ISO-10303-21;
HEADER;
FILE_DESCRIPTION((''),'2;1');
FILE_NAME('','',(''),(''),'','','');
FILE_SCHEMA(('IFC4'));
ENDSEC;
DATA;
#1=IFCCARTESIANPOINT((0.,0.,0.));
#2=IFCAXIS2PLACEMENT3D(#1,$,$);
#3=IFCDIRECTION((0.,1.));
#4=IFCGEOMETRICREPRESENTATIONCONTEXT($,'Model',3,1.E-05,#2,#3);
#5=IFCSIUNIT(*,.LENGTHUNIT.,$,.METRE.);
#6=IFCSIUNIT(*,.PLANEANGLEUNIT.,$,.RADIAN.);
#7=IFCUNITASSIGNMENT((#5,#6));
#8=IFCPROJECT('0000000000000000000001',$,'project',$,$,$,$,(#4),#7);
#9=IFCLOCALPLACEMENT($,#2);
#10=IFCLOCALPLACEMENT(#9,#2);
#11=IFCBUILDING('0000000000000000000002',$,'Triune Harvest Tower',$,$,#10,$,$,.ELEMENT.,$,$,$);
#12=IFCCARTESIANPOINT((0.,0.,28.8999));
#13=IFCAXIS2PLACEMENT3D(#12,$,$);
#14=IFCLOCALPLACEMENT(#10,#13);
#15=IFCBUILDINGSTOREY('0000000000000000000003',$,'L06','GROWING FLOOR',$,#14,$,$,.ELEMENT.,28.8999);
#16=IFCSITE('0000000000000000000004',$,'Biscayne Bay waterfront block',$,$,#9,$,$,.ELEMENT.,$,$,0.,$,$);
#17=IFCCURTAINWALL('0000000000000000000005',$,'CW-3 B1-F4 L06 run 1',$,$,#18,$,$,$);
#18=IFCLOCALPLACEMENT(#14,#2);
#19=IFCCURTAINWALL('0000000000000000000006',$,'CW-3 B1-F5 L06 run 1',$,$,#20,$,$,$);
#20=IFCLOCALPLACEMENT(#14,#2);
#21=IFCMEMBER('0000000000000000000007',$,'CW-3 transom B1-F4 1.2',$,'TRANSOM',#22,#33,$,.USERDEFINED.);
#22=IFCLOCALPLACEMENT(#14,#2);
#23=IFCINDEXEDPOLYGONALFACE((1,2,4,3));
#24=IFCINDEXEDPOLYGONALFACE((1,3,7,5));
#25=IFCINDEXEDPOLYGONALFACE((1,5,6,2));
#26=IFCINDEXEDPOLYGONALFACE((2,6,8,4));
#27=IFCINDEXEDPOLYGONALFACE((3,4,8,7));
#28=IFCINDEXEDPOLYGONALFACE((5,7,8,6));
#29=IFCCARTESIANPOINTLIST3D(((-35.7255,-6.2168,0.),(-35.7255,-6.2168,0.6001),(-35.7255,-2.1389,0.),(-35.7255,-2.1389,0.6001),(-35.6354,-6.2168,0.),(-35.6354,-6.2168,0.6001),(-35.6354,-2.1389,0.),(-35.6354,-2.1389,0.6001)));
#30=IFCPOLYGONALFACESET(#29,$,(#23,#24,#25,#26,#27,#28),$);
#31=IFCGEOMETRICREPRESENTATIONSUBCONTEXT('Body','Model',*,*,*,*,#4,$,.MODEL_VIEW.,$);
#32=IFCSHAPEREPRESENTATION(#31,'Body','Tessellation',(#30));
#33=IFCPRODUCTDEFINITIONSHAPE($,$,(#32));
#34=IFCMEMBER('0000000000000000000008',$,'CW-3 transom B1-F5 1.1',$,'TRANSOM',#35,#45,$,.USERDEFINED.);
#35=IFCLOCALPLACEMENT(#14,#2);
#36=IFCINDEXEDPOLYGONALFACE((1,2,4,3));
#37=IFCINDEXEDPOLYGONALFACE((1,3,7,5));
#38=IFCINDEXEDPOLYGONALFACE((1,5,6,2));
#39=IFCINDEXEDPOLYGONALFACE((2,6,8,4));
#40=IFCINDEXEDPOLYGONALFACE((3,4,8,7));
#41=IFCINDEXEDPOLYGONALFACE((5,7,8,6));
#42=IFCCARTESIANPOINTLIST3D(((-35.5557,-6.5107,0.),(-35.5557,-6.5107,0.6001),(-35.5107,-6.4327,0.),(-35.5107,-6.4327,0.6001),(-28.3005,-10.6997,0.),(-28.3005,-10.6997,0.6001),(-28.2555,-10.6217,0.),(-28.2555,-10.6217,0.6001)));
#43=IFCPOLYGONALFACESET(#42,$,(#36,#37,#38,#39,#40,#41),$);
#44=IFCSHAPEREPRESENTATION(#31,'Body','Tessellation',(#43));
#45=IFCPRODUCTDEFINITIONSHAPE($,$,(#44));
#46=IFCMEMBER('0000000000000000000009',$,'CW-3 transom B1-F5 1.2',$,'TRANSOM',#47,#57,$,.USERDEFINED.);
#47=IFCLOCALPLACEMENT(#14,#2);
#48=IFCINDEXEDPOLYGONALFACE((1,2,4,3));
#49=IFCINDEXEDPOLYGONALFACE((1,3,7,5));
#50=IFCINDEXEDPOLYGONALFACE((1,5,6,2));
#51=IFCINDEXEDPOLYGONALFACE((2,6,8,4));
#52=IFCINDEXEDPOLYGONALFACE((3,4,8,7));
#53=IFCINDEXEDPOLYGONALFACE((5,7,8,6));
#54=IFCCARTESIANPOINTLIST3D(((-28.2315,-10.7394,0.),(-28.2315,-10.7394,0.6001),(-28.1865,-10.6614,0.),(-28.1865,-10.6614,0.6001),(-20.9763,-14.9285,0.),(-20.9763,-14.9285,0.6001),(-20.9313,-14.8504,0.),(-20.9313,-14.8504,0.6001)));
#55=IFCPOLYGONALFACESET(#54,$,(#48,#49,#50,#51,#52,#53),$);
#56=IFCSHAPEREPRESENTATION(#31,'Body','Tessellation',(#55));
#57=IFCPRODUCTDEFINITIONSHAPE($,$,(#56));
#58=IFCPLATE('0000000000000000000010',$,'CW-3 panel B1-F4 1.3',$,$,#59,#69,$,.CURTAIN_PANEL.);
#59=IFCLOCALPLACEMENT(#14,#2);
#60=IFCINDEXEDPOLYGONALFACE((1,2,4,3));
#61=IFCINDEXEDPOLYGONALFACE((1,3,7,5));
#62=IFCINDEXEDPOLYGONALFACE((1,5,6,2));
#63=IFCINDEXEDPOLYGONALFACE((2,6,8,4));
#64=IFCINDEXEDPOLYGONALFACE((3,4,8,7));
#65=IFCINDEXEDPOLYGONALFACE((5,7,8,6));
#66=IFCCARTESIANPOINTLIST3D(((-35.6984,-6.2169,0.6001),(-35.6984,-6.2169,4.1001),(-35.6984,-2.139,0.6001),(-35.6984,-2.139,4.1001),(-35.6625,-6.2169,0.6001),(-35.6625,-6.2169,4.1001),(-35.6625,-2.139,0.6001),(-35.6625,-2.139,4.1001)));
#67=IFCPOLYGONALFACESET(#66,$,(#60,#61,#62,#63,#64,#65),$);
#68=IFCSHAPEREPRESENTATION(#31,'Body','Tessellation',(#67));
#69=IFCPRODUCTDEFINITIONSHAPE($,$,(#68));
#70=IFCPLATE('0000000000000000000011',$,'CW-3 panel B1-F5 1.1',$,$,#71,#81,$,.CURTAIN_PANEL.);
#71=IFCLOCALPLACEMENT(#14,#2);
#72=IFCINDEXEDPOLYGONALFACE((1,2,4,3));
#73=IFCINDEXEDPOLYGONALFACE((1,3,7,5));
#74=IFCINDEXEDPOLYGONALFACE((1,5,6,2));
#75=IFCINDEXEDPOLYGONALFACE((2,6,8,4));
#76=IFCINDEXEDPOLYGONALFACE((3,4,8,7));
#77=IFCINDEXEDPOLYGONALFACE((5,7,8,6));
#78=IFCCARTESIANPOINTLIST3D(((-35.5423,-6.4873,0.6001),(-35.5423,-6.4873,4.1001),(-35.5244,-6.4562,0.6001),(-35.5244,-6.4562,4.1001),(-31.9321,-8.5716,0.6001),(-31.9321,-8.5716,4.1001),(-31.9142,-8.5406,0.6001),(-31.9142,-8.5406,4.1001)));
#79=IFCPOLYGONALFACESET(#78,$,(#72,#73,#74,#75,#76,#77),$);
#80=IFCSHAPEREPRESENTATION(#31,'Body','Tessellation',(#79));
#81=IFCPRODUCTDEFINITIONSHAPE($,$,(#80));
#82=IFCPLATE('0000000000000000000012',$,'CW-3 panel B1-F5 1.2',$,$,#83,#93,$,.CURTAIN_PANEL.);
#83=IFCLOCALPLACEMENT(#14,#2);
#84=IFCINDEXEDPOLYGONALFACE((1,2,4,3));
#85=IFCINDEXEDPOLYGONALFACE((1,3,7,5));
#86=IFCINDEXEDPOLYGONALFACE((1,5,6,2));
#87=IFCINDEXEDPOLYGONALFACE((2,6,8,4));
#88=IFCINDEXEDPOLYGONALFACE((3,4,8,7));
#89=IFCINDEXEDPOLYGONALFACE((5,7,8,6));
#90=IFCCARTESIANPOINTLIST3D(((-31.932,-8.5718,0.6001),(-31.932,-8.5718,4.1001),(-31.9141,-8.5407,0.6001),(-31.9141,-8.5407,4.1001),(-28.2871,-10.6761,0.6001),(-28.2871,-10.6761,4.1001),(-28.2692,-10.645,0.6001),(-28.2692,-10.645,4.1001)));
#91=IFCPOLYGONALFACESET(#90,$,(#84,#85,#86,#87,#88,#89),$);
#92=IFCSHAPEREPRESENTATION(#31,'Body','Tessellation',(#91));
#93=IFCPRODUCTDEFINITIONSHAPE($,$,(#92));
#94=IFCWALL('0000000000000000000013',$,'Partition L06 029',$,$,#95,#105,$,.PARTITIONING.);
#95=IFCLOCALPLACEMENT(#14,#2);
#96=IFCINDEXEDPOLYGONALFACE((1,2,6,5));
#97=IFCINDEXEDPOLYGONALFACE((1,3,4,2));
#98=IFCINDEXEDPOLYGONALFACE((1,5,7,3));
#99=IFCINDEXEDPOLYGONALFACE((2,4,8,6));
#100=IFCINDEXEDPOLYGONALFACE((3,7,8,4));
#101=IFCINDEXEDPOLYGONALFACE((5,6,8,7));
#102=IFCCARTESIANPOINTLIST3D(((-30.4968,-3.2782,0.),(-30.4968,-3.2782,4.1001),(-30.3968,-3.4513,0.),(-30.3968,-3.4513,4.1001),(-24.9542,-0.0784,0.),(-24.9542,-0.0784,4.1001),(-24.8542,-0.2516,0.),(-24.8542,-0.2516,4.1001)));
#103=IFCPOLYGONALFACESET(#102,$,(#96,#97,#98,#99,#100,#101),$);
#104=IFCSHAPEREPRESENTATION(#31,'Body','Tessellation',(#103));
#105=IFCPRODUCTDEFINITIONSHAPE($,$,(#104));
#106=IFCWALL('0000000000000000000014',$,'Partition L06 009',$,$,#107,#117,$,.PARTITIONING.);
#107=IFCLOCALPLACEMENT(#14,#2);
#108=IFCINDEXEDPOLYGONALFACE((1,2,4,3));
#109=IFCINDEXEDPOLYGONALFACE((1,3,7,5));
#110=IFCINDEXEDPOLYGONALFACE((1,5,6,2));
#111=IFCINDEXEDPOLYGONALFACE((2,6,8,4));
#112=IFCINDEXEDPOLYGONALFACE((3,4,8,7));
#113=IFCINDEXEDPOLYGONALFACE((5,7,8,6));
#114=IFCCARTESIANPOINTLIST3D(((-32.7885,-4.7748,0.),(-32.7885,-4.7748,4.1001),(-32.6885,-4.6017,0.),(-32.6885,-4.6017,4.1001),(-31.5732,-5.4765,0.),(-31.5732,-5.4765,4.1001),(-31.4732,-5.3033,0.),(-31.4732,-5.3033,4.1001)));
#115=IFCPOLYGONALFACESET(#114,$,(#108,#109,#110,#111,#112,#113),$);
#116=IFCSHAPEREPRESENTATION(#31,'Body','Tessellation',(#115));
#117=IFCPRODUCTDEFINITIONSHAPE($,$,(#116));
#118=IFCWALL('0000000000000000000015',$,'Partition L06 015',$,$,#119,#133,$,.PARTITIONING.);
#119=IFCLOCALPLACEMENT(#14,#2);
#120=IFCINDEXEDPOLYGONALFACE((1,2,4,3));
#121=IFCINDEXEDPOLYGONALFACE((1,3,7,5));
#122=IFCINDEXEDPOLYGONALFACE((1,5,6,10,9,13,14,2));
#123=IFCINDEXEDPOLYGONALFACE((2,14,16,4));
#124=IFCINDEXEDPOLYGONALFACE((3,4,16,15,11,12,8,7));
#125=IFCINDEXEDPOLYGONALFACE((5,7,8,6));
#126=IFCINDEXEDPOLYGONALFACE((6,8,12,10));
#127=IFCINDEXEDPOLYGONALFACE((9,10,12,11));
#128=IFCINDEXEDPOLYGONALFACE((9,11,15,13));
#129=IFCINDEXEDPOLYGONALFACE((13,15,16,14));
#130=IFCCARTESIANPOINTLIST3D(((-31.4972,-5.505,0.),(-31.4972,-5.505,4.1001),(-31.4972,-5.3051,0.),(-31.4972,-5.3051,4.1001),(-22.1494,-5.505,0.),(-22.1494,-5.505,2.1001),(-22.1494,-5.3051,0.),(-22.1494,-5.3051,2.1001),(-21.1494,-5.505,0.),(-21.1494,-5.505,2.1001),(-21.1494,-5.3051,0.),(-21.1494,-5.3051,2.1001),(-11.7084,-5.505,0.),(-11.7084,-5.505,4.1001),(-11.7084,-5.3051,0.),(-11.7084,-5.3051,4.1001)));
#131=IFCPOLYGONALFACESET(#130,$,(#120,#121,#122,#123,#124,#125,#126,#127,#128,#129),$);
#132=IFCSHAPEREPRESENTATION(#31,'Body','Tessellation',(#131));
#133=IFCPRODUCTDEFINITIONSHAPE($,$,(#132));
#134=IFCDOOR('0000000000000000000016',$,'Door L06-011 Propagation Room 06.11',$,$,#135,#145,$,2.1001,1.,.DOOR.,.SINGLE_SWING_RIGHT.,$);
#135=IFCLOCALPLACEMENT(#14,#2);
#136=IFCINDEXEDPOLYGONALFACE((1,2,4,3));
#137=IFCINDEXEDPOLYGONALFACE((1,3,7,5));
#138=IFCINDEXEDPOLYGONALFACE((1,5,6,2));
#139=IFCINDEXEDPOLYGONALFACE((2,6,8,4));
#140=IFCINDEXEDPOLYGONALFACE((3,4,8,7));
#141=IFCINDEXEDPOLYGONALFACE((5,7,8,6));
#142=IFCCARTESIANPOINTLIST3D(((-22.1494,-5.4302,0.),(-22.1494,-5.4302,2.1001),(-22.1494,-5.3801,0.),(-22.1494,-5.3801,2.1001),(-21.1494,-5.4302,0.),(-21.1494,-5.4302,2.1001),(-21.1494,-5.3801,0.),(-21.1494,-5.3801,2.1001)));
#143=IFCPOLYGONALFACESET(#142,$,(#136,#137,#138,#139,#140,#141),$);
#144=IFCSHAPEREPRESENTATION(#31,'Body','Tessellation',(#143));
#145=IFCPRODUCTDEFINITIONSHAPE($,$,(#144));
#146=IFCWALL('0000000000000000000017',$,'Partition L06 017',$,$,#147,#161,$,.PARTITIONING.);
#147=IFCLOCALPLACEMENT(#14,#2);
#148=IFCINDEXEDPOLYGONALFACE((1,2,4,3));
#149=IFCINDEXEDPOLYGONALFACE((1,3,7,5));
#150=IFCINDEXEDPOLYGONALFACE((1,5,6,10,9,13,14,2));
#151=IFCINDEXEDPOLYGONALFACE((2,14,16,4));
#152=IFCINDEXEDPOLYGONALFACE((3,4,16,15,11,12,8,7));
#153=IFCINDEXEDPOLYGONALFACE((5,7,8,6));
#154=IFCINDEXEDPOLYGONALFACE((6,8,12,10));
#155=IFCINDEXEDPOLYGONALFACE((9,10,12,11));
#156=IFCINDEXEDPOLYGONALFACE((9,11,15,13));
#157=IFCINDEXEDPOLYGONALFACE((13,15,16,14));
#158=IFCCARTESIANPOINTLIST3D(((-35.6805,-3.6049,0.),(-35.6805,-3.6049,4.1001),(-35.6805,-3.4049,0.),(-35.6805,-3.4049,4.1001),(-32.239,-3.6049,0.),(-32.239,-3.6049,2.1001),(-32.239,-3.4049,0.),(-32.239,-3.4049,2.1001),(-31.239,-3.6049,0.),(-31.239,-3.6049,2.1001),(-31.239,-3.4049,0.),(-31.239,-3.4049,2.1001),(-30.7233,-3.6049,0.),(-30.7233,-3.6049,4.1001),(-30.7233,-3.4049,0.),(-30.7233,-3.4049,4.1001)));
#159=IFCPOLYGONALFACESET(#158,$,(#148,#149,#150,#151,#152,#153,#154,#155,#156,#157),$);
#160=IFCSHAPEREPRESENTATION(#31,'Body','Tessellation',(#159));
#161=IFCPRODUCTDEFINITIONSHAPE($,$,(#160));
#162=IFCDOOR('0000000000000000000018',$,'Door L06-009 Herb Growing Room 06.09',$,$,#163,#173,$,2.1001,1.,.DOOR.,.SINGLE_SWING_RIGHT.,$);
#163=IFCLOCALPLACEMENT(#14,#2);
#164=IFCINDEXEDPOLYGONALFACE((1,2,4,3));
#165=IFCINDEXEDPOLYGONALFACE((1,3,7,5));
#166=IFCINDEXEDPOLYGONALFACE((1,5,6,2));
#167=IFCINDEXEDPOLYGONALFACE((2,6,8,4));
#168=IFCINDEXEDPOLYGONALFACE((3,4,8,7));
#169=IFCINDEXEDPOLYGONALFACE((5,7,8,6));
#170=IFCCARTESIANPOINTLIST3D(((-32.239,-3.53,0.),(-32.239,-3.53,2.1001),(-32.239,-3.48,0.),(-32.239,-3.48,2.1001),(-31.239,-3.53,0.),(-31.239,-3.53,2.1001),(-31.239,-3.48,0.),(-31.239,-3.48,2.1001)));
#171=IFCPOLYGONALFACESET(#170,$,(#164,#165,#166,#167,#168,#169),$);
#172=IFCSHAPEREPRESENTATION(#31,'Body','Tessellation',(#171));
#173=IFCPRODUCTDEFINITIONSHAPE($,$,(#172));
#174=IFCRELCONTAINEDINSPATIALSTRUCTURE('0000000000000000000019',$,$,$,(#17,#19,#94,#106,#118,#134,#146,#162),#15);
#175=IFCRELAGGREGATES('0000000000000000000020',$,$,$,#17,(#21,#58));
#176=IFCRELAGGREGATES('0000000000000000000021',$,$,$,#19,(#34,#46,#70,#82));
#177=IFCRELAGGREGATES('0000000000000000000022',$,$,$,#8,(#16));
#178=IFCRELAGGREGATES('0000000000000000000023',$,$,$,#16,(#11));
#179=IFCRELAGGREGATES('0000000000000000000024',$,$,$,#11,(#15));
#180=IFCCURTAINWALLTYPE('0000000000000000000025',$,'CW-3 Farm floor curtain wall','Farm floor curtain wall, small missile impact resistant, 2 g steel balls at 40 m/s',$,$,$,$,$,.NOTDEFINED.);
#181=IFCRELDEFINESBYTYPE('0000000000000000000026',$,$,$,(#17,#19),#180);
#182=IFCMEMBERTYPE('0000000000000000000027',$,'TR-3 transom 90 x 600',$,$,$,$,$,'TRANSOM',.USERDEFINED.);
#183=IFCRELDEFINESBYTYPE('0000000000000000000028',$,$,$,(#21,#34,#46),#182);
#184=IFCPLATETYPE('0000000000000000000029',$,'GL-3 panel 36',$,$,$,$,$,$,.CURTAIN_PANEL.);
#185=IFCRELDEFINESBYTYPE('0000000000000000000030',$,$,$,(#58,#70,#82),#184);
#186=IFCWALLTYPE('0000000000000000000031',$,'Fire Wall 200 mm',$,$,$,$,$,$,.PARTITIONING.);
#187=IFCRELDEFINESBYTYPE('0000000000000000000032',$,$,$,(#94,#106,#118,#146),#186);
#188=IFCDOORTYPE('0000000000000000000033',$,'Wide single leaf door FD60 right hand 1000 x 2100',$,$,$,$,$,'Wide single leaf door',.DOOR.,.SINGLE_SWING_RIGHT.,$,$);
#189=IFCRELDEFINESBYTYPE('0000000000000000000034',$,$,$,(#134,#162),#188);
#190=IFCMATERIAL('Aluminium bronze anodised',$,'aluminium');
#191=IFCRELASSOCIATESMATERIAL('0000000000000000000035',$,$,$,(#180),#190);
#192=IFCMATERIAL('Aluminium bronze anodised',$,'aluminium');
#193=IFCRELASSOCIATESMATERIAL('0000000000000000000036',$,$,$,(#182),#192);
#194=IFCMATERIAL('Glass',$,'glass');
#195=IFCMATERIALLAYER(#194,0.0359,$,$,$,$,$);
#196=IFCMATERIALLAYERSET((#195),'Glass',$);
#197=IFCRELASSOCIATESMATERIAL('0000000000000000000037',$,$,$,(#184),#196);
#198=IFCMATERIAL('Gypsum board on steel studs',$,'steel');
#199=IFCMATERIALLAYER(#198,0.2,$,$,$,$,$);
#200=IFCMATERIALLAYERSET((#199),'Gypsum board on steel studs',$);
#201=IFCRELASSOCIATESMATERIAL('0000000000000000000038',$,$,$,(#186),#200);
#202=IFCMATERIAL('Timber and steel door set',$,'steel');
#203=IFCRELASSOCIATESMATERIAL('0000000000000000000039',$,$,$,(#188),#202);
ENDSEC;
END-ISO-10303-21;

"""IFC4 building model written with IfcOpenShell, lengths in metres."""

from ifc_helpers import new_model, si_unit, direction, frame, frame_2d, origin, origin_2d, place, context, subcontext, project, spatial, rectangle, extrude, source, transform, mapped, material, layer, layer_set, material_profile, profile_set, type_object, element, fill, aggregate, save


model = new_model("IFC4")

# Units and contexts
model_context = context("Model", 3, precision=1e-05, world=origin(), true_north=direction((0.0, 1.0)))
body_context = subcontext(model_context, "Body", "Model", "MODEL_VIEW")
ifc_project = project(units=[si_unit("LENGTHUNIT", "METRE"), si_unit("PLANEANGLEUNIT", "RADIAN")], contexts=[model_context])

# Site, building, storey
site_placement = place(None, origin())
site = spatial("IfcSite", under=ifc_project, at=site_placement, Name="Biscayne Bay waterfront block", CompositionType="ELEMENT", RefElevation=0.0)
building_placement = place(site_placement, origin())
building = spatial("IfcBuilding", under=site, at=building_placement, Name="Triune Harvest Tower", CompositionType="ELEMENT")
storey_placement = place(building_placement, frame((0.0, 0.0, 28.8999)))
storey = spatial("IfcBuildingStorey", under=building, at=storey_placement, Name="L06", Description="GROWING FLOOR", CompositionType="ELEMENT", Elevation=28.8999)

# Curtain walls
ifc_material_1 = material(Name="Aluminium bronze anodised", Category="aluminium")
curtain_wall_type = type_object("IfcCurtainWallType", Name="CW-3 Farm floor curtain wall", Description="Farm floor curtain wall, small missile impact resistant, 2 g steel balls at 40 m/s", PredefinedType="NOTDEFINED", material=ifc_material_1)
curtain_wall_1_placement = place(storey_placement, origin())
curtain_wall_1 = element("IfcCurtainWall", 1, at=curtain_wall_1_placement, inside=storey, type_object=curtain_wall_type, Name="CW-3 B1-F4 L06 run 1")
curtain_wall_2_placement = place(storey_placement, origin())
curtain_wall_2 = element("IfcCurtainWall", 2, at=curtain_wall_2_placement, inside=storey, type_object=curtain_wall_type, Name="CW-3 B1-F5 L06 run 1")

# Members
ifc_material_2 = material(Name="Aluminium bronze anodised", Category="aluminium")
ifc_material_profile_1 = material_profile(ifc_material_2, rectangle(XDim=0.0901, YDim=0.6001, at=origin_2d()), Name="TR-3 transom 90 x 600")
ifc_profile_set_1 = profile_set([ifc_material_profile_1], Name="Aluminium bronze anodised")
member_type_1 = type_object("IfcMemberType", Name="TR-3 transom 90 x 600", ElementType="TRANSOM", PredefinedType="USERDEFINED", material=ifc_profile_set_1)
shared_shape_1 = source(origin(), body_context, "Body", "SweptSolid", [
    extrude(rectangle(XDim=0.0901, YDim=0.6001, at=origin_2d()), origin(), (0.0, 0.0, 1.0), 4.0779),
])
member_1_placement = place(storey_placement, frame((-35.6804, -2.1389, 0.3), z_axis=(0.0, -1.0, 0.0), x_axis=(1.0, 0.0, 0.0)))
member_1 = element("IfcMember", 3, at=member_1_placement, type_object=member_type_1, Name="CW-3 transom B1-F4 1.2", ObjectType="TRANSOM", PredefinedType="USERDEFINED", context=body_context, shape_type="MappedRepresentation", body=[
    mapped(shared_shape_1, transform((0.0, 0.0, 0.0), scale=1.0)),
])
shared_shape_2 = source(origin(), body_context, "Body", "SweptSolid", [
    extrude(rectangle(XDim=0.0901, YDim=0.6001, at=origin_2d()), origin(), (0.0, 0.0, 1.0), 8.3777),
])
member_2_placement = place(storey_placement, frame((-35.5332, -6.4717, 0.3), z_axis=(0.866014, -0.500019, 0.0), x_axis=(0.500019, 0.866014, 0.0)))
member_2 = element("IfcMember", 4, at=member_2_placement, type_object=member_type_1, Name="CW-3 transom B1-F5 1.1", ObjectType="TRANSOM", PredefinedType="USERDEFINED", context=body_context, shape_type="MappedRepresentation", body=[
    mapped(shared_shape_2, transform((0.0, 0.0, 0.0), scale=1.0)),
])
member_3_placement = place(storey_placement, frame((-28.209, -10.7004, 0.3), z_axis=(0.866014, -0.500019, 0.0), x_axis=(0.500019, 0.866014, 0.0)))
member_3 = element("IfcMember", 5, at=member_3_placement, type_object=member_type_1, Name="CW-3 transom B1-F5 1.2", ObjectType="TRANSOM", PredefinedType="USERDEFINED", context=body_context, shape_type="MappedRepresentation", body=[
    mapped(shared_shape_2, transform((0.0, 0.0, 0.0), scale=1.0)),
])

# Plates
ifc_material_3 = material(Name="Glass", Category="glass")
ifc_layer_1 = layer(ifc_material_3, 0.0359)
ifc_layer_set_1 = layer_set([ifc_layer_1], Name="Glass")
plate_type = type_object("IfcPlateType", Name="GL-3 panel 36", PredefinedType="CURTAIN_PANEL", material=ifc_layer_set_1)
shared_shape_3 = source(origin(), body_context, "Body", "SweptSolid", [
    extrude(rectangle(XDim=4.0779, YDim=0.0359, at=origin_2d()), origin(), (0.0, 0.0, 1.0), 3.5),
])
plate_1_placement = place(storey_placement, frame((-35.6804, -4.178, 0.6001), z_axis=(0.0, 0.0, 1.0), x_axis=(0.0, -1.0, 0.0)))
plate_1 = element("IfcPlate", 6, at=plate_1_placement, type_object=plate_type, Name="CW-3 panel B1-F4 1.3", PredefinedType="CURTAIN_PANEL", context=body_context, shape_type="MappedRepresentation", body=[
    mapped(shared_shape_3, transform((0.0, 0.0, 0.0), scale=1.0)),
])
aggregate(curtain_wall_1, [member_1, plate_1])
shared_shape_4 = source(origin(), body_context, "Body", "SweptSolid", [
    extrude(rectangle(XDim=4.1687, YDim=0.0359, at=origin_2d()), origin(), (0.0, 0.0, 1.0), 3.5),
])
plate_2_placement = place(storey_placement, frame((-33.7283, -7.5139, 0.6001), z_axis=(0.0, 0.0, 1.0), x_axis=(0.866025, -0.500001, 0.0)))
plate_2 = element("IfcPlate", 7, at=plate_2_placement, type_object=plate_type, Name="CW-3 panel B1-F5 1.1", PredefinedType="CURTAIN_PANEL", context=body_context, shape_type="MappedRepresentation", body=[
    mapped(shared_shape_4, transform((0.0, 0.0, 0.0), scale=1.0)),
])
shared_shape_5 = source(origin(), body_context, "Body", "SweptSolid", [
    extrude(rectangle(XDim=4.2087, YDim=0.0359, at=origin_2d()), origin(), (0.0, 0.0, 1.0), 3.5),
])
plate_3_placement = place(storey_placement, frame((-30.1006, -9.6084, 0.6001), z_axis=(0.0, 0.0, 1.0), x_axis=(0.866025, -0.500001, 0.0)))
plate_3 = element("IfcPlate", 8, at=plate_3_placement, type_object=plate_type, Name="CW-3 panel B1-F5 1.2", PredefinedType="CURTAIN_PANEL", context=body_context, shape_type="MappedRepresentation", body=[
    mapped(shared_shape_5, transform((0.0, 0.0, 0.0), scale=1.0)),
])
aggregate(curtain_wall_2, [member_2, member_3, plate_2, plate_3])

# Walls
ifc_material_4 = material(Name="Gypsum board on steel studs", Category="steel")
ifc_layer_2 = layer(ifc_material_4, 0.2)
ifc_layer_set_2 = layer_set([ifc_layer_2], Name="Gypsum board on steel studs")
wall_type_1 = type_object("IfcWallType", Name="Fire Wall 200 mm", PredefinedType="PARTITIONING", material=ifc_layer_set_2)
wall_1_placement = place(storey_placement, frame((-30.4468, -3.3647, 0.0), z_axis=(0.0, 0.0, 1.0), x_axis=(0.866042, 0.499971, 0.0)))
element("IfcWall", 9, at=wall_1_placement, inside=storey, type_object=wall_type_1, Name="Partition L06 029", PredefinedType="PARTITIONING", context=body_context, shape_type="SweptSolid", body=[
    extrude(rectangle(XDim=6.3999, YDim=0.2, at=frame_2d((3.2, 0.0))), origin(), (0.0, 0.0, 1.0), 4.1001),
])
shared_shape_6 = source(origin(), body_context, "Body", "SweptSolid", [
    extrude(rectangle(XDim=1.4033, YDim=0.2, at=frame_2d((0.7017, 0.0))), origin(), (0.0, 0.0, 1.0), 4.1001),
])
wall_2_placement = place(storey_placement, frame((-32.7385, -4.6882, 0.0), z_axis=(0.0, 0.0, 1.0), x_axis=(0.866029, -0.499994, 0.0)))
element("IfcWall", 10, at=wall_2_placement, inside=storey, type_object=wall_type_1, Name="Partition L06 009", PredefinedType="PARTITIONING", context=body_context, shape_type="MappedRepresentation", body=[
    mapped(shared_shape_6, transform((0.0, 0.0, 0.0), scale=1.0)),
])

# Walls, openings, doors
shared_shape_7 = source(origin(), body_context, "Body", "SweptSolid", [
    extrude(rectangle(XDim=19.7888, YDim=0.2, at=frame_2d((9.8945, 0.0))), origin(), (0.0, 0.0, 1.0), 4.1001),
])
wall_3_placement = place(storey_placement, frame((-31.4973, -5.405, 0.0), z_axis=(0.0, 0.0, 1.0), x_axis=(1.0, 0.0, 0.0)))
wall_3 = element("IfcWall", 11, at=wall_3_placement, inside=storey, type_object=wall_type_1, Name="Partition L06 015", PredefinedType="PARTITIONING", context=body_context, shape_type="MappedRepresentation", body=[
    mapped(shared_shape_7, transform((0.0, 0.0, 0.0), scale=1.0)),
])
opening_1_placement = place(wall_3_placement, frame((9.3479, 0.0, 0.0)))
opening_1 = element("IfcOpeningElement", 12, at=opening_1_placement, cuts=wall_3, PredefinedType="OPENING", context=body_context, shape_type="SweptSolid", body=[
    extrude(rectangle(XDim=1.0, YDim=2.1001, at=frame_2d((0.5, 1.05))), frame((0.0, 0.1099, 0.0), z_axis=(0.0, -1.0, 0.0), x_axis=(1.0, 0.0, 0.0)), (0.0, 0.0, 1.0), 0.22),
])
ifc_material_5 = material(Name="Timber and steel door set", Category="steel")
door_type = type_object("IfcDoorType", Name="Wide single leaf door FD60 right hand 1000 x 2100", ElementType="Wide single leaf door", OperationType="SINGLE_SWING_RIGHT", PredefinedType="DOOR", material=ifc_material_5)
door_1_placement = place(opening_1_placement, origin())
door_1 = element("IfcDoor", 13, at=door_1_placement, inside=storey, type_object=door_type, Name="Door L06-011 Propagation Room 06.11", OperationType="SINGLE_SWING_RIGHT", OverallHeight=2.1001, OverallWidth=1.0, PredefinedType="DOOR", context=body_context, shape_type="SweptSolid", body=[
    extrude(rectangle(XDim=1.0, YDim=2.1001, at=frame_2d((0.5, 1.05))), frame((0.0, 0.0249, 0.0), z_axis=(0.0, -1.0, 0.0), x_axis=(1.0, 0.0, 0.0)), (0.0, 0.0, 1.0), 0.05),
])
fill(opening_1, door_1)
shared_shape_8 = source(origin(), body_context, "Body", "SweptSolid", [
    extrude(rectangle(XDim=4.9573, YDim=0.2, at=frame_2d((2.4785, 0.0))), origin(), (0.0, 0.0, 1.0), 4.1001),
])
wall_4_placement = place(storey_placement, frame((-35.6804, -3.5049, 0.0), z_axis=(0.0, 0.0, 1.0), x_axis=(1.0, 0.0, 0.0)))
wall_4 = element("IfcWall", 14, at=wall_4_placement, inside=storey, type_object=wall_type_1, Name="Partition L06 017", PredefinedType="PARTITIONING", context=body_context, shape_type="MappedRepresentation", body=[
    mapped(shared_shape_8, transform((0.0, 0.0, 0.0), scale=1.0)),
])
opening_2_placement = place(wall_4_placement, frame((3.4414, 0.0, 0.0)))
opening_2 = element("IfcOpeningElement", 15, at=opening_2_placement, cuts=wall_4, PredefinedType="OPENING", context=body_context, shape_type="SweptSolid", body=[
    extrude(rectangle(XDim=1.0, YDim=2.1001, at=frame_2d((0.5, 1.05))), frame((0.0, 0.1099, 0.0), z_axis=(0.0, -1.0, 0.0), x_axis=(1.0, 0.0, 0.0)), (0.0, 0.0, 1.0), 0.22),
])
door_2_placement = place(opening_2_placement, origin())
door_2 = element("IfcDoor", 16, at=door_2_placement, inside=storey, type_object=door_type, Name="Door L06-009 Herb Growing Room 06.09", OperationType="SINGLE_SWING_RIGHT", OverallHeight=2.1001, OverallWidth=1.0, PredefinedType="DOOR", context=body_context, shape_type="SweptSolid", body=[
    extrude(rectangle(XDim=1.0, YDim=2.1001, at=frame_2d((0.5, 1.05))), frame((0.0, 0.0249, 0.0), z_axis=(0.0, -1.0, 0.0), x_axis=(1.0, 0.0, 0.0)), (0.0, 0.0, 1.0), 0.05),
])
fill(opening_2, door_2)

save(model, "model.ifc")
